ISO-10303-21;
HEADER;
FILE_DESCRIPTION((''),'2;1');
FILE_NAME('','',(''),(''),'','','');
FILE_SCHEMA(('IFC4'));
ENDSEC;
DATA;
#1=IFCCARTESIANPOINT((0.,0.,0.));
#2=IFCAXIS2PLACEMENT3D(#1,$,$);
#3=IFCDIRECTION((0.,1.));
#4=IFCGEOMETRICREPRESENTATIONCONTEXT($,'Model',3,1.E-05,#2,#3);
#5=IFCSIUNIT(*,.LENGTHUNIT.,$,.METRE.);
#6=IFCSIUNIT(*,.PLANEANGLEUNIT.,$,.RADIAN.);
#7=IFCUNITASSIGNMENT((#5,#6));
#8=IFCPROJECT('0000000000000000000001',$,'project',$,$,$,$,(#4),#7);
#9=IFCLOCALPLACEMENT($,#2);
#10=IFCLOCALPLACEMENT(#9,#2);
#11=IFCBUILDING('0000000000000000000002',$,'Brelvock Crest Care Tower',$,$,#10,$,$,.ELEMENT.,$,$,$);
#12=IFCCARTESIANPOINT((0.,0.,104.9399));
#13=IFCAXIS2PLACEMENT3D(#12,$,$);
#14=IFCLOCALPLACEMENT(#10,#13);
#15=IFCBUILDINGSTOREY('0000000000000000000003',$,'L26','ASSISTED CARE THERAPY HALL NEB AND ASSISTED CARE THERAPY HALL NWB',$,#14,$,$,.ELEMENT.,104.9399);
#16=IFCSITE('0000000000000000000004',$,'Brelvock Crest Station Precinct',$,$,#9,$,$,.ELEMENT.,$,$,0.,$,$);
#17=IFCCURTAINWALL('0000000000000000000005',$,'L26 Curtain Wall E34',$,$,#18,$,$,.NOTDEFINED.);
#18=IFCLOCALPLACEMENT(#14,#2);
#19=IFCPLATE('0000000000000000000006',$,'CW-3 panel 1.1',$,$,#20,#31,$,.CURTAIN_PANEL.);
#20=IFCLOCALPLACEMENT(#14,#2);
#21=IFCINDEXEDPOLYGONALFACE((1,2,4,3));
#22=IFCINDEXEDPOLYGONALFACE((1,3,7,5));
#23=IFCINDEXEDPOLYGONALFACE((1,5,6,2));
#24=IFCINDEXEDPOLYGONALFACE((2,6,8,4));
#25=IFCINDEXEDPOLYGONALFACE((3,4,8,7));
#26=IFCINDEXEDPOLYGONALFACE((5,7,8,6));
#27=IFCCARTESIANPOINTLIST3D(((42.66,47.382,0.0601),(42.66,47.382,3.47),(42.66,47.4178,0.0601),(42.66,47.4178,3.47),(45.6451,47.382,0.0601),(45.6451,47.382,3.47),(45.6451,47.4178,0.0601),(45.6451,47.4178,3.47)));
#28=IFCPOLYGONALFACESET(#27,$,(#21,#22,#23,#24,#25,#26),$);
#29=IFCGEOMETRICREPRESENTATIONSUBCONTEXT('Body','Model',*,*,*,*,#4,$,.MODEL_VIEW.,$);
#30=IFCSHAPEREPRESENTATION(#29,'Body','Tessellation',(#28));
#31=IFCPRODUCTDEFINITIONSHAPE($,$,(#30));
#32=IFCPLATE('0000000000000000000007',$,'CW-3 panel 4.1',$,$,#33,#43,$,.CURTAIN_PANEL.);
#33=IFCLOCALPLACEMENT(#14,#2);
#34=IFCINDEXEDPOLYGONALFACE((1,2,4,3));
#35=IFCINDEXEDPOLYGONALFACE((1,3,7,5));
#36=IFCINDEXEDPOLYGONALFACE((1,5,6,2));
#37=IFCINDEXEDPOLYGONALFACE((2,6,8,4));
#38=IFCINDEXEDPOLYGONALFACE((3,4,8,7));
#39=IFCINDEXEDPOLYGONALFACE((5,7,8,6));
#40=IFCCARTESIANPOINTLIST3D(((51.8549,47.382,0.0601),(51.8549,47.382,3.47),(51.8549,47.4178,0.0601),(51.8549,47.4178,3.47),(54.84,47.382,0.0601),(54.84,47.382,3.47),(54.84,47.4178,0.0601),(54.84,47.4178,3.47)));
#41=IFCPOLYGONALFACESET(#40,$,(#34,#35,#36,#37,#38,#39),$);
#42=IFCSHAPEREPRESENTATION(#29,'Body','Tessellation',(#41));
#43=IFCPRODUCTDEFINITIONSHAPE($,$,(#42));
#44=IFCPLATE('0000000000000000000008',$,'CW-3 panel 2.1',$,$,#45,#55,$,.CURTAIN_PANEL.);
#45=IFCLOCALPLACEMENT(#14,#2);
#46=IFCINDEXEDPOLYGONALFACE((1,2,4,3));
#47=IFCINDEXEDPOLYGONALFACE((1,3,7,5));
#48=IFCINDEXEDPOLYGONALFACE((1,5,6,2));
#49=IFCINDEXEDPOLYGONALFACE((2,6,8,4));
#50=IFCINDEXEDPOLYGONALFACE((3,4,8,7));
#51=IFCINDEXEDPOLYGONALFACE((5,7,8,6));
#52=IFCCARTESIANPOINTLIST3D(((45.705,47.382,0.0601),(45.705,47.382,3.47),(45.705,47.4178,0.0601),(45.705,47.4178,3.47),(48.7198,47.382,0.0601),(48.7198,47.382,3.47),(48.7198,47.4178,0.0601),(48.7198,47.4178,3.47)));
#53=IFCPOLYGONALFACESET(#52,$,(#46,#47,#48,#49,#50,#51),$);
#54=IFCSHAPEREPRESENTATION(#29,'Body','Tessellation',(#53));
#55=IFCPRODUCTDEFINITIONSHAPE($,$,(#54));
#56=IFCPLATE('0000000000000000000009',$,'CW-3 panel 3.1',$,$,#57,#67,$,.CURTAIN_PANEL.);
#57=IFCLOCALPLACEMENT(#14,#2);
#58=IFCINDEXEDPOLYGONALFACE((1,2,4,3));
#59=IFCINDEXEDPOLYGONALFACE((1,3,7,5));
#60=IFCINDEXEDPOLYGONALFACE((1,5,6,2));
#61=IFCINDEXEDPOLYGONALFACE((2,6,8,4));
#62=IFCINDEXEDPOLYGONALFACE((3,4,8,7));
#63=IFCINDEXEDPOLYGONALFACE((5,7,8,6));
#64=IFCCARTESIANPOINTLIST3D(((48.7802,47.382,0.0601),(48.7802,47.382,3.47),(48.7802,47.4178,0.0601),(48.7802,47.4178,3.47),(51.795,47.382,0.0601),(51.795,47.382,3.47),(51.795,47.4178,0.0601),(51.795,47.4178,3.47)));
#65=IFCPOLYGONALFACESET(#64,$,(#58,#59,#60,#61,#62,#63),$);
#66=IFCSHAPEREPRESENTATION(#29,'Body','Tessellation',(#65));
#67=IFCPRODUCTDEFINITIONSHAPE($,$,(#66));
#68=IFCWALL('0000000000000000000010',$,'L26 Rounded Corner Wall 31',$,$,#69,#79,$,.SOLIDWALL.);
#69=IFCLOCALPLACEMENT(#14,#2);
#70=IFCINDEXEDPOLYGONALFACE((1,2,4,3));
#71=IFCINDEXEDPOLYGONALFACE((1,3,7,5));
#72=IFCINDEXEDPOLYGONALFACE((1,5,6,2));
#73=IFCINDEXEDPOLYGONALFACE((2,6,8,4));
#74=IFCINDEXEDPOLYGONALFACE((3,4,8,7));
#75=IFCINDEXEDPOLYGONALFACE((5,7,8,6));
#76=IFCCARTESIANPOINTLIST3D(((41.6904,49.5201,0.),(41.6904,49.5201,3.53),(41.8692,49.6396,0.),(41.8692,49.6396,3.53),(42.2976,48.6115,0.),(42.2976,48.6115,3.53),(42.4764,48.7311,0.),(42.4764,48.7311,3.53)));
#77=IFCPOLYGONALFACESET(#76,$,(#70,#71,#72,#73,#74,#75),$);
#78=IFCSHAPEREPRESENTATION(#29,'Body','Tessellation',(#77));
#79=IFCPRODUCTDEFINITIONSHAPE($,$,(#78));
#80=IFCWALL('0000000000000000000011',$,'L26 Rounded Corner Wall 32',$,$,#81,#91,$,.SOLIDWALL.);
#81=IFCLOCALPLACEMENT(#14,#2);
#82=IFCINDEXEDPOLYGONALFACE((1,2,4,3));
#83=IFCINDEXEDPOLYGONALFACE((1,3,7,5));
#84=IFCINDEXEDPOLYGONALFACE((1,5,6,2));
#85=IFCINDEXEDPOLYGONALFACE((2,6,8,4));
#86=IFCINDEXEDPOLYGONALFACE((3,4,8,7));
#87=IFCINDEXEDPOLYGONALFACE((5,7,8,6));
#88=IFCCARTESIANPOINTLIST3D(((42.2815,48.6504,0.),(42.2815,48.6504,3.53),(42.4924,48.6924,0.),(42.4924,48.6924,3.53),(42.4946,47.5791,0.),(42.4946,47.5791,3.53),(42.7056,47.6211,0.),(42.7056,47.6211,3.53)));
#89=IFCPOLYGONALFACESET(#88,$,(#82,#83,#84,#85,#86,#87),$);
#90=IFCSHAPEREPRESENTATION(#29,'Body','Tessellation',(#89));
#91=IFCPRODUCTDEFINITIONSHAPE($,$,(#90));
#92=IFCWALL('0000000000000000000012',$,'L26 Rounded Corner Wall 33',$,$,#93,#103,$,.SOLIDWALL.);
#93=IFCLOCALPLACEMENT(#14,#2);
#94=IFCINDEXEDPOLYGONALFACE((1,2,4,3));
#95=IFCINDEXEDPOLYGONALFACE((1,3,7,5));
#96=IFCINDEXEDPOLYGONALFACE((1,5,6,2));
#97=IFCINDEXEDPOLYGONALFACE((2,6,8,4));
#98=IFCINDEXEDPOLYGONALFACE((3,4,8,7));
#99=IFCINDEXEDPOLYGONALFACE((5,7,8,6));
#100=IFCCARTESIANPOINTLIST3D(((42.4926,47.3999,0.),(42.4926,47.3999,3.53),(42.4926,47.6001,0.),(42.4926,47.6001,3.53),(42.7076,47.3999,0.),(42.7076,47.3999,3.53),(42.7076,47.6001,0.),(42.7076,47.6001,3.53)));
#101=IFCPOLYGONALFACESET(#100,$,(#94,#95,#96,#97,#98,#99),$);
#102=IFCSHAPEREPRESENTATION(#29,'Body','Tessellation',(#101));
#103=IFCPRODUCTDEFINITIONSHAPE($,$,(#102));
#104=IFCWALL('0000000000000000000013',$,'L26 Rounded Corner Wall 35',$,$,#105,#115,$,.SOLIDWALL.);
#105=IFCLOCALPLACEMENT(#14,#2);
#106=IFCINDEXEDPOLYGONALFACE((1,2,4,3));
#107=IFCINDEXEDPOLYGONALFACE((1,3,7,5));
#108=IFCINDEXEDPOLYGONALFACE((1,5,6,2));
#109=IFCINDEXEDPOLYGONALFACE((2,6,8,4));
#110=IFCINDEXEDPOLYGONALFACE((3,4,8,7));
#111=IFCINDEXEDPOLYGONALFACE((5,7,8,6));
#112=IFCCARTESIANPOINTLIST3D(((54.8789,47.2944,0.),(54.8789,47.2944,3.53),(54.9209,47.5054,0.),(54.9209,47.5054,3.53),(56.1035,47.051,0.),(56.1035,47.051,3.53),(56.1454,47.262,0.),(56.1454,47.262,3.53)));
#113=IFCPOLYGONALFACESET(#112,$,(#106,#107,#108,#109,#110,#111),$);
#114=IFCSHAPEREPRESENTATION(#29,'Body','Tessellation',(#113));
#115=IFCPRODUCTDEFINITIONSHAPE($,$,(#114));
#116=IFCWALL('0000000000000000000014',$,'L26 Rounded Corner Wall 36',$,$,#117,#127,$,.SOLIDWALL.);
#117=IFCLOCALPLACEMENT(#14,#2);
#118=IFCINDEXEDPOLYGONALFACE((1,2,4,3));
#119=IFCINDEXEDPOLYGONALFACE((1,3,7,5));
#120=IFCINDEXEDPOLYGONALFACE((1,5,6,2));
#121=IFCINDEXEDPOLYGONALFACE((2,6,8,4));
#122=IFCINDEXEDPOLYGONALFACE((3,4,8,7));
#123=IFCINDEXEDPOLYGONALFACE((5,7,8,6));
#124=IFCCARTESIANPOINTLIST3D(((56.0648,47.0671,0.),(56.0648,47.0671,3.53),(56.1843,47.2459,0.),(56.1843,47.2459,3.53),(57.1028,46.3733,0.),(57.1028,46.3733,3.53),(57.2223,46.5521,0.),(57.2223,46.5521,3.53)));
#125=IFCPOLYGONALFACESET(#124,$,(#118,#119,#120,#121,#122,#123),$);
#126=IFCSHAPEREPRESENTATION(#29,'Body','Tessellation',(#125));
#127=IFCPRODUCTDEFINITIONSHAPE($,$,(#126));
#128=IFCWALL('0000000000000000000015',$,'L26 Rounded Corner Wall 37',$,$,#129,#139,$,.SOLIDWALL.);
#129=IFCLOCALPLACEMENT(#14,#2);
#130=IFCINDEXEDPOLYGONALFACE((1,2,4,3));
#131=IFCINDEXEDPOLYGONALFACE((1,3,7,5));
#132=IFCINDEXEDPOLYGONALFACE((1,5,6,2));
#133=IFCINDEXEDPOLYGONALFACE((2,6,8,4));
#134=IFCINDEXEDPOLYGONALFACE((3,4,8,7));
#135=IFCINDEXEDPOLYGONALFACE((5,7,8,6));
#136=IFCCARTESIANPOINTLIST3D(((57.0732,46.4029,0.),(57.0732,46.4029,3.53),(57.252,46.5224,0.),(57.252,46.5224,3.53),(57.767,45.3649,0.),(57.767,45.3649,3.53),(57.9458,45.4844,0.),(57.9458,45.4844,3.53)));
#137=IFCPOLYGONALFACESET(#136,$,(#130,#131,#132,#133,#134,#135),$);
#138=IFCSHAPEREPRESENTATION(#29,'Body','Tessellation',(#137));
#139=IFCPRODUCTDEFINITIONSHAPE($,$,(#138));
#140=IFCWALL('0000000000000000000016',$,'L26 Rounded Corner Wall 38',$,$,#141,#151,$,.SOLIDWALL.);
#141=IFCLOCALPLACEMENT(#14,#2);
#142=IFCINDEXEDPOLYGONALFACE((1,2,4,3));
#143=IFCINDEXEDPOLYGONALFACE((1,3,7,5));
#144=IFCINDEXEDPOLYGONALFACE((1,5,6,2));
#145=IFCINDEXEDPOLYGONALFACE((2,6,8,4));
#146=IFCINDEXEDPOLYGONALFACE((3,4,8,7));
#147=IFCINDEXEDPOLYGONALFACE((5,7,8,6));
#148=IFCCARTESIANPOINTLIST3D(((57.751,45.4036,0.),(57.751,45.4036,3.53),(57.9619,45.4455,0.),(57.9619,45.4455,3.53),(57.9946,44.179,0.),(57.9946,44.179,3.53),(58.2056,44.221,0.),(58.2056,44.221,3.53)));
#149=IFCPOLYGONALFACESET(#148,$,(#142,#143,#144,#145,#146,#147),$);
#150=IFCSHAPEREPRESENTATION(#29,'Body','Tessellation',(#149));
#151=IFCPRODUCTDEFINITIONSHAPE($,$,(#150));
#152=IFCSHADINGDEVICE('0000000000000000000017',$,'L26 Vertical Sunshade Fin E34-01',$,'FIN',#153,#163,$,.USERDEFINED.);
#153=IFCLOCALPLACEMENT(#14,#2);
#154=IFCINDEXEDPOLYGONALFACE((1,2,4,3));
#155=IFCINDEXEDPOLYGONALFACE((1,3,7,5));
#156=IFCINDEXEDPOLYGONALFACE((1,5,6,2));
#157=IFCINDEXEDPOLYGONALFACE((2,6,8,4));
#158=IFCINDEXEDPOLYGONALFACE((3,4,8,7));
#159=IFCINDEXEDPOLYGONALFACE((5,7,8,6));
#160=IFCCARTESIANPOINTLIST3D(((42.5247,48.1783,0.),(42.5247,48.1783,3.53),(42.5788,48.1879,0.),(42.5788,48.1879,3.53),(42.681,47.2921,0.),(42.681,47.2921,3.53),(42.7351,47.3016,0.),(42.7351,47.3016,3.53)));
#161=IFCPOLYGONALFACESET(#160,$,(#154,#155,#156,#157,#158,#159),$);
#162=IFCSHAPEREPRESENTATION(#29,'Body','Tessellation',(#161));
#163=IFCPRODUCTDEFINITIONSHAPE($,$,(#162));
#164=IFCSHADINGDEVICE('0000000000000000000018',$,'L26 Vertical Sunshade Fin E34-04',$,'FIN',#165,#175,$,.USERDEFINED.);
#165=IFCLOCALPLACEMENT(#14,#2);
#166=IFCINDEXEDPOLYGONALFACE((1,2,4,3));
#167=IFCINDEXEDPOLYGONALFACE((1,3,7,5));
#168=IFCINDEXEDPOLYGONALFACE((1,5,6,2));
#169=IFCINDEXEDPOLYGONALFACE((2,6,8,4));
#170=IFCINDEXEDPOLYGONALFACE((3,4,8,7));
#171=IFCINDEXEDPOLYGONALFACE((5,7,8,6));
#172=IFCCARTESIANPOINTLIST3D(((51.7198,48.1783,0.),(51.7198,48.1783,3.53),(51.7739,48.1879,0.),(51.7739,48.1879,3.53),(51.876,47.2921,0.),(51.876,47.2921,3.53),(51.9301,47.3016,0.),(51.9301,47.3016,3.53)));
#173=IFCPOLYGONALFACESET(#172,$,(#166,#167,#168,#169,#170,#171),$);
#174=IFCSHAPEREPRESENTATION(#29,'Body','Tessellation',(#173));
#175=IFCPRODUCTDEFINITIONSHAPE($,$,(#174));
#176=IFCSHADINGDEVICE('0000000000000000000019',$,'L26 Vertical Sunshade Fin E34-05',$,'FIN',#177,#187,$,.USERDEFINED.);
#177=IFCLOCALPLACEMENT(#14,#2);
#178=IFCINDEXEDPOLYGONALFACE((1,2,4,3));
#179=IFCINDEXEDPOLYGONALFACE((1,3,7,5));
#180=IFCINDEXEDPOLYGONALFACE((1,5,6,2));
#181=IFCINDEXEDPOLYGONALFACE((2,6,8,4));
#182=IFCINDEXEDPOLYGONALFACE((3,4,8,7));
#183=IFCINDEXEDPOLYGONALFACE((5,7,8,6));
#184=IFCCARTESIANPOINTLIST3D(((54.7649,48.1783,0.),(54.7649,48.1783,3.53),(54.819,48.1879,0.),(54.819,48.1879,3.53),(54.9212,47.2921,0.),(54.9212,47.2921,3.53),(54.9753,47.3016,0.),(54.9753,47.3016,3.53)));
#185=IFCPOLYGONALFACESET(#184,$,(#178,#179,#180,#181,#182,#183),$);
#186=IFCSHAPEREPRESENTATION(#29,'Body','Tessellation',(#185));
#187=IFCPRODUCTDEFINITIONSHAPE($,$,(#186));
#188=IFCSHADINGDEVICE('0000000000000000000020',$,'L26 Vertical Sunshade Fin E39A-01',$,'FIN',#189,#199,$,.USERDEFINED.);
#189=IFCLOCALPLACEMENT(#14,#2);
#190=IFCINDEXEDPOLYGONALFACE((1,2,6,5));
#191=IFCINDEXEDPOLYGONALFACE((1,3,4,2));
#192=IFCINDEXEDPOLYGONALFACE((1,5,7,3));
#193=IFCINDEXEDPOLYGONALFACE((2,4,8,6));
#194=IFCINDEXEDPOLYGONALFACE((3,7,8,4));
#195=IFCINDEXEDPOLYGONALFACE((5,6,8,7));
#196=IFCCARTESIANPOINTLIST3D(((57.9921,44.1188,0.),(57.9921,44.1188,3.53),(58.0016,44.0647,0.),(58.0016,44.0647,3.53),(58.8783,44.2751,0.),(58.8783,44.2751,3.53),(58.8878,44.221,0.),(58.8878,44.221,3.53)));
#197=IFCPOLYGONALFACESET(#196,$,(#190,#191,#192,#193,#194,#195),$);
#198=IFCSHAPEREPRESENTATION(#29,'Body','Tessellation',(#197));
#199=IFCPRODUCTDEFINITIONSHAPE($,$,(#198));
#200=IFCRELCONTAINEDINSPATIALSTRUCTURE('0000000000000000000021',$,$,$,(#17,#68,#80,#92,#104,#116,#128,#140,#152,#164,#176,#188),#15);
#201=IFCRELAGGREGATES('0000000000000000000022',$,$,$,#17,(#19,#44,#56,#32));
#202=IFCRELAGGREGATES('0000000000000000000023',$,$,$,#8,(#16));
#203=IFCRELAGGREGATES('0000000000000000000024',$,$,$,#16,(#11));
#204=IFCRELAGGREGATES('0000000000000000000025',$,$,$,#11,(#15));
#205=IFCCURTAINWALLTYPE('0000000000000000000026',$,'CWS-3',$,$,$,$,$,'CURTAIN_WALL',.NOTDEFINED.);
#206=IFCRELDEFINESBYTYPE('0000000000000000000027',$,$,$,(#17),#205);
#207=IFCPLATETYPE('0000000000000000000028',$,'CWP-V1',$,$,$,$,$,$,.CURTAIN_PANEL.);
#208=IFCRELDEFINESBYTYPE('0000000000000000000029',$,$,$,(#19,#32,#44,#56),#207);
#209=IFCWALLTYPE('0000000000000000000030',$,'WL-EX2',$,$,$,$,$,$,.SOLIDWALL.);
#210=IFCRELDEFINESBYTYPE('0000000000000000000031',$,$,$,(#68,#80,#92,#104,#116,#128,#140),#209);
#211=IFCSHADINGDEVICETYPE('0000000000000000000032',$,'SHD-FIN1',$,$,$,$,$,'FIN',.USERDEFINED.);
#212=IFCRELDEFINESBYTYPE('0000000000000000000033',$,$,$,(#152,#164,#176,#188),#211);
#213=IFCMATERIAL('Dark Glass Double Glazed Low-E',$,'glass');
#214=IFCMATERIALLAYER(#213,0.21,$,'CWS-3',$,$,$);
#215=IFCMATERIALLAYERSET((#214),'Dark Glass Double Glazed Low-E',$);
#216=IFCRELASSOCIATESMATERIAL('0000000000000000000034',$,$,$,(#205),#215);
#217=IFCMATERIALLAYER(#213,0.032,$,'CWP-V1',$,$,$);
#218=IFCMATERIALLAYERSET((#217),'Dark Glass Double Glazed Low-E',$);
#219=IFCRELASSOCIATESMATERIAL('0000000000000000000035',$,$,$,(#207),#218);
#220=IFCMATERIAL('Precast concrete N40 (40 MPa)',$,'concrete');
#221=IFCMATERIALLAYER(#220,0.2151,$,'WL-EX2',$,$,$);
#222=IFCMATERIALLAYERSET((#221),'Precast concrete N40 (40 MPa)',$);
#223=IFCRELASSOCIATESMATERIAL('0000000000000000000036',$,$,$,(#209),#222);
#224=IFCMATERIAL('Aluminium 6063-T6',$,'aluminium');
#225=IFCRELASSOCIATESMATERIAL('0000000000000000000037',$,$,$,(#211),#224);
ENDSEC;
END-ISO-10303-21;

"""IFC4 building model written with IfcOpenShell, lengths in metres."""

from ifc_helpers import new_model, si_unit, direction, frame, frame_2d, origin, origin_2d, place, context, subcontext, project, spatial, rectangle, extrude, source, transform, mapped, material, layer, layer_set, material_profile, profile_set, type_object, element, aggregate, save


model = new_model("IFC4")

# Units and contexts
model_context = context("Model", 3, precision=1e-05, world=origin(), true_north=direction((0.0, 1.0)))
body_context = subcontext(model_context, "Body", "Model", "MODEL_VIEW")
ifc_project = project(units=[si_unit("LENGTHUNIT", "METRE"), si_unit("PLANEANGLEUNIT", "RADIAN")], contexts=[model_context])

# Site, building, storey
site_placement = place(None, origin())
site = spatial("IfcSite", under=ifc_project, at=site_placement, Name="Brelvock Crest Station Precinct", CompositionType="ELEMENT", RefElevation=0.0)
building_placement = place(site_placement, origin())
building = spatial("IfcBuilding", under=site, at=building_placement, Name="Brelvock Crest Care Tower", CompositionType="ELEMENT")
storey_placement = place(building_placement, frame((0.0, 0.0, 104.9399)))
storey = spatial("IfcBuildingStorey", under=building, at=storey_placement, Name="L26", Description="ASSISTED CARE THERAPY HALL NEB AND ASSISTED CARE THERAPY HALL NWB", CompositionType="ELEMENT", Elevation=104.9399)

# Curtain wall, plates
ifc_material_1 = material(Name="Dark Glass Double Glazed Low-E", Category="glass")
ifc_layer_1 = layer(ifc_material_1, 0.21, Name="CWS-3")
ifc_layer_set_1 = layer_set([ifc_layer_1], Name="Dark Glass Double Glazed Low-E")
curtain_wall_type = type_object("IfcCurtainWallType", Name="CWS-3", ElementType="CURTAIN_WALL", PredefinedType="NOTDEFINED", material=ifc_layer_set_1)
curtain_wall_placement = place(storey_placement, origin())
curtain_wall = element("IfcCurtainWall", 1, at=curtain_wall_placement, inside=storey, type_object=curtain_wall_type, Name="L26 Curtain Wall E34", PredefinedType="NOTDEFINED")
ifc_material_2 = material(Name="Aluminium 6063-T6", Category="aluminium")
ifc_layer_2 = layer(ifc_material_1, 0.032, Name="CWP-V1")
ifc_layer_set_2 = layer_set([ifc_layer_2], Name="Dark Glass Double Glazed Low-E")
plate_type = type_object("IfcPlateType", Name="CWP-V1", PredefinedType="CURTAIN_PANEL", material=ifc_layer_set_2)
shared_shape_1 = source(origin(), body_context, "Body", "SweptSolid", [
    extrude(rectangle(XDim=2.9851, YDim=0.0359, at=origin_2d()), origin(), (0.0, 0.0, 1.0), 3.4099),
])
plate_1_placement = place(storey_placement, frame((44.1526, 47.3999, 0.0601), z_axis=(0.0, 0.0, 1.0), x_axis=(1.0, 0.0, 0.0)))
plate_1 = element("IfcPlate", 2, at=plate_1_placement, type_object=plate_type, Name="CW-3 panel 1.1", PredefinedType="CURTAIN_PANEL", context=body_context, shape_type="MappedRepresentation", body=[
    mapped(shared_shape_1, transform((0.0, 0.0, 0.0), x_axis=(1.0, 0.0, 0.0), y_axis=(0.0, 1.0, 0.0), z_axis=(0.0, 0.0, 1.0), scale=1.0)),
])
plate_2_placement = place(storey_placement, frame((53.3474, 47.3999, 0.0601), z_axis=(0.0, 0.0, 1.0), x_axis=(1.0, 0.0, 0.0)))
plate_2 = element("IfcPlate", 3, at=plate_2_placement, type_object=plate_type, Name="CW-3 panel 4.1", PredefinedType="CURTAIN_PANEL", context=body_context, shape_type="MappedRepresentation", body=[
    mapped(shared_shape_1, transform((0.0, 0.0, 0.0), x_axis=(1.0, 0.0, 0.0), y_axis=(0.0, 1.0, 0.0), z_axis=(0.0, 0.0, 1.0), scale=1.0)),
])
shared_shape_2 = source(origin(), body_context, "Body", "SweptSolid", [
    extrude(rectangle(XDim=3.0149, YDim=0.0359, at=origin_2d()), origin(), (0.0, 0.0, 1.0), 3.4099),
])
plate_3_placement = place(storey_placement, frame((47.2124, 47.3999, 0.0601), z_axis=(0.0, 0.0, 1.0), x_axis=(1.0, 0.0, 0.0)))
plate_3 = element("IfcPlate", 4, at=plate_3_placement, type_object=plate_type, Name="CW-3 panel 2.1", PredefinedType="CURTAIN_PANEL", context=body_context, shape_type="MappedRepresentation", body=[
    mapped(shared_shape_2, transform((0.0, 0.0, 0.0), x_axis=(1.0, 0.0, 0.0), y_axis=(0.0, 1.0, 0.0), z_axis=(0.0, 0.0, 1.0), scale=1.0)),
])
plate_4_placement = place(storey_placement, frame((50.2876, 47.3999, 0.0601), z_axis=(0.0, 0.0, 1.0), x_axis=(1.0, 0.0, 0.0)))
plate_4 = element("IfcPlate", 5, at=plate_4_placement, type_object=plate_type, Name="CW-3 panel 3.1", PredefinedType="CURTAIN_PANEL", context=body_context, shape_type="MappedRepresentation", body=[
    mapped(shared_shape_2, transform((0.0, 0.0, 0.0), x_axis=(1.0, 0.0, 0.0), y_axis=(0.0, 1.0, 0.0), z_axis=(0.0, 0.0, 1.0), scale=1.0)),
])
aggregate(curtain_wall, [plate_1, plate_3, plate_4, plate_2])

# Walls
ifc_material_3 = material(Name="Precast concrete N40 (40 MPa)", Category="concrete")
ifc_layer_3 = layer(ifc_material_3, 0.2151, Name="WL-EX2")
ifc_layer_set_3 = layer_set([ifc_layer_3], Name="Precast concrete N40 (40 MPa)")
wall_type = type_object("IfcWallType", Name="WL-EX2", PredefinedType="SOLIDWALL", material=ifc_layer_set_3)
wall_1_placement = place(storey_placement, frame((41.7798, 49.5798, 0.0), z_axis=(0.0, 0.0, 1.0), x_axis=(0.555679, -0.831397, 0.0)))
element("IfcWall", 6, at=wall_1_placement, inside=storey, type_object=wall_type, Name="L26 Rounded Corner Wall 31", PredefinedType="SOLIDWALL", context=body_context, shape_type="SweptSolid", body=[
    extrude(rectangle(XDim=1.0928, YDim=0.2151, at=frame_2d((0.5464, 0.0))), origin(), (0.0, 0.0, 1.0), 3.53),
])
wall_2_placement = place(storey_placement, frame((42.387, 48.6714, 0.0), z_axis=(0.0, 0.0, 1.0), x_axis=(0.195127, -0.980778, 0.0)))
element("IfcWall", 7, at=wall_2_placement, inside=storey, type_object=wall_type, Name="L26 Rounded Corner Wall 32", PredefinedType="SOLIDWALL", context=body_context, shape_type="SweptSolid", body=[
    extrude(rectangle(XDim=1.0923, YDim=0.2151, at=frame_2d((0.5461, 0.0))), origin(), (0.0, 0.0, 1.0), 3.53),
])
wall_3_placement = place(storey_placement, frame((42.6001, 47.6001, 0.0), z_axis=(0.0, 0.0, 1.0), x_axis=(0.0, -1.0, 0.0)))
element("IfcWall", 8, at=wall_3_placement, inside=storey, type_object=wall_type, Name="L26 Rounded Corner Wall 33", PredefinedType="SOLIDWALL", context=body_context, shape_type="SweptSolid", body=[
    extrude(rectangle(XDim=0.2002, YDim=0.2151, at=frame_2d((0.1001, 0.0))), origin(), (0.0, 0.0, 1.0), 3.53),
])
for number, where, z_axis, x_axis, name in (
    (9, (54.8999, 47.3999, 0.0), (0.0, 0.0, 1.0), (0.980813, -0.19495, 0.0), "L26 Rounded Corner Wall 35"),
    (10, (56.1245, 47.1565, 0.0), (0.0, 0.0, 1.0), (0.831388, -0.555692, 0.0), "L26 Rounded Corner Wall 36"),
    (11, (57.1626, 46.4626, 0.0), (0.0, 0.0, 1.0), (0.555692, -0.831388, 0.0), "L26 Rounded Corner Wall 37"),
    (12, (57.8564, 45.4246, 0.0), (0.0, 0.0, 1.0), (0.195138, -0.980776, 0.0), "L26 Rounded Corner Wall 38"),
):
    element("IfcWall", number, at=place(storey_placement, frame(where, z_axis=z_axis, x_axis=x_axis)), inside=storey, type_object=wall_type, Name=name, PredefinedType="SOLIDWALL", context=body_context, shape_type="SweptSolid", body=[
        extrude(rectangle(XDim=1.2485, YDim=0.2151, at=frame_2d((0.6243, 0.0))), origin(), (0.0, 0.0, 1.0), 3.53),
    ])

# Shading devices
ifc_material_profile_1 = material_profile(ifc_material_2, rectangle(XDim=0.0549, YDim=0.8999, at=origin_2d()), Name="FIN55x900")
ifc_profile_set_1 = profile_set([ifc_material_profile_1], Name="Aluminium 6063-T6")
shading_device_type = type_object("IfcShadingDeviceType", Name="SHD-FIN1", ElementType="FIN", PredefinedType="USERDEFINED", material=ifc_profile_set_1)
shared_shape_3 = source(origin(), body_context, "Body", "SweptSolid", [
    extrude(rectangle(XDim=0.0549, YDim=0.8999, at=origin_2d()), origin(), (0.0, 0.0, 1.0), 3.53),
])
for number, where, z_axis, x_axis, name in (
    (13, (42.6299, 47.74, 0.0), (0.0, 0.0, 1.0), (0.984808, 0.173648, 0.0), "L26 Vertical Sunshade Fin E34-01"),
    (14, (51.825, 47.74, 0.0), (0.0, 0.0, 1.0), (0.984808, 0.173648, 0.0), "L26 Vertical Sunshade Fin E34-04"),
    (15, (54.8701, 47.74, 0.0), (0.0, 0.0, 1.0), (0.984808, 0.173648, 0.0), "L26 Vertical Sunshade Fin E34-05"),
    (16, (58.4399, 44.1699, 0.0), (0.0, 0.0, 1.0), (0.173648, -0.984808, 0.0), "L26 Vertical Sunshade Fin E39A-01"),
):
    element("IfcShadingDevice", number, at=place(storey_placement, frame(where, z_axis=z_axis, x_axis=x_axis)), inside=storey, type_object=shading_device_type, Name=name, ObjectType="FIN", PredefinedType="USERDEFINED", context=body_context, shape_type="MappedRepresentation", body=[
        mapped(shared_shape_3, transform((0.0, 0.0, 0.0), x_axis=(1.0, 0.0, 0.0), y_axis=(0.0, 1.0, 0.0), z_axis=(0.0, 0.0, 1.0), scale=1.0)),
    ])

save(model, "model.ifc")
